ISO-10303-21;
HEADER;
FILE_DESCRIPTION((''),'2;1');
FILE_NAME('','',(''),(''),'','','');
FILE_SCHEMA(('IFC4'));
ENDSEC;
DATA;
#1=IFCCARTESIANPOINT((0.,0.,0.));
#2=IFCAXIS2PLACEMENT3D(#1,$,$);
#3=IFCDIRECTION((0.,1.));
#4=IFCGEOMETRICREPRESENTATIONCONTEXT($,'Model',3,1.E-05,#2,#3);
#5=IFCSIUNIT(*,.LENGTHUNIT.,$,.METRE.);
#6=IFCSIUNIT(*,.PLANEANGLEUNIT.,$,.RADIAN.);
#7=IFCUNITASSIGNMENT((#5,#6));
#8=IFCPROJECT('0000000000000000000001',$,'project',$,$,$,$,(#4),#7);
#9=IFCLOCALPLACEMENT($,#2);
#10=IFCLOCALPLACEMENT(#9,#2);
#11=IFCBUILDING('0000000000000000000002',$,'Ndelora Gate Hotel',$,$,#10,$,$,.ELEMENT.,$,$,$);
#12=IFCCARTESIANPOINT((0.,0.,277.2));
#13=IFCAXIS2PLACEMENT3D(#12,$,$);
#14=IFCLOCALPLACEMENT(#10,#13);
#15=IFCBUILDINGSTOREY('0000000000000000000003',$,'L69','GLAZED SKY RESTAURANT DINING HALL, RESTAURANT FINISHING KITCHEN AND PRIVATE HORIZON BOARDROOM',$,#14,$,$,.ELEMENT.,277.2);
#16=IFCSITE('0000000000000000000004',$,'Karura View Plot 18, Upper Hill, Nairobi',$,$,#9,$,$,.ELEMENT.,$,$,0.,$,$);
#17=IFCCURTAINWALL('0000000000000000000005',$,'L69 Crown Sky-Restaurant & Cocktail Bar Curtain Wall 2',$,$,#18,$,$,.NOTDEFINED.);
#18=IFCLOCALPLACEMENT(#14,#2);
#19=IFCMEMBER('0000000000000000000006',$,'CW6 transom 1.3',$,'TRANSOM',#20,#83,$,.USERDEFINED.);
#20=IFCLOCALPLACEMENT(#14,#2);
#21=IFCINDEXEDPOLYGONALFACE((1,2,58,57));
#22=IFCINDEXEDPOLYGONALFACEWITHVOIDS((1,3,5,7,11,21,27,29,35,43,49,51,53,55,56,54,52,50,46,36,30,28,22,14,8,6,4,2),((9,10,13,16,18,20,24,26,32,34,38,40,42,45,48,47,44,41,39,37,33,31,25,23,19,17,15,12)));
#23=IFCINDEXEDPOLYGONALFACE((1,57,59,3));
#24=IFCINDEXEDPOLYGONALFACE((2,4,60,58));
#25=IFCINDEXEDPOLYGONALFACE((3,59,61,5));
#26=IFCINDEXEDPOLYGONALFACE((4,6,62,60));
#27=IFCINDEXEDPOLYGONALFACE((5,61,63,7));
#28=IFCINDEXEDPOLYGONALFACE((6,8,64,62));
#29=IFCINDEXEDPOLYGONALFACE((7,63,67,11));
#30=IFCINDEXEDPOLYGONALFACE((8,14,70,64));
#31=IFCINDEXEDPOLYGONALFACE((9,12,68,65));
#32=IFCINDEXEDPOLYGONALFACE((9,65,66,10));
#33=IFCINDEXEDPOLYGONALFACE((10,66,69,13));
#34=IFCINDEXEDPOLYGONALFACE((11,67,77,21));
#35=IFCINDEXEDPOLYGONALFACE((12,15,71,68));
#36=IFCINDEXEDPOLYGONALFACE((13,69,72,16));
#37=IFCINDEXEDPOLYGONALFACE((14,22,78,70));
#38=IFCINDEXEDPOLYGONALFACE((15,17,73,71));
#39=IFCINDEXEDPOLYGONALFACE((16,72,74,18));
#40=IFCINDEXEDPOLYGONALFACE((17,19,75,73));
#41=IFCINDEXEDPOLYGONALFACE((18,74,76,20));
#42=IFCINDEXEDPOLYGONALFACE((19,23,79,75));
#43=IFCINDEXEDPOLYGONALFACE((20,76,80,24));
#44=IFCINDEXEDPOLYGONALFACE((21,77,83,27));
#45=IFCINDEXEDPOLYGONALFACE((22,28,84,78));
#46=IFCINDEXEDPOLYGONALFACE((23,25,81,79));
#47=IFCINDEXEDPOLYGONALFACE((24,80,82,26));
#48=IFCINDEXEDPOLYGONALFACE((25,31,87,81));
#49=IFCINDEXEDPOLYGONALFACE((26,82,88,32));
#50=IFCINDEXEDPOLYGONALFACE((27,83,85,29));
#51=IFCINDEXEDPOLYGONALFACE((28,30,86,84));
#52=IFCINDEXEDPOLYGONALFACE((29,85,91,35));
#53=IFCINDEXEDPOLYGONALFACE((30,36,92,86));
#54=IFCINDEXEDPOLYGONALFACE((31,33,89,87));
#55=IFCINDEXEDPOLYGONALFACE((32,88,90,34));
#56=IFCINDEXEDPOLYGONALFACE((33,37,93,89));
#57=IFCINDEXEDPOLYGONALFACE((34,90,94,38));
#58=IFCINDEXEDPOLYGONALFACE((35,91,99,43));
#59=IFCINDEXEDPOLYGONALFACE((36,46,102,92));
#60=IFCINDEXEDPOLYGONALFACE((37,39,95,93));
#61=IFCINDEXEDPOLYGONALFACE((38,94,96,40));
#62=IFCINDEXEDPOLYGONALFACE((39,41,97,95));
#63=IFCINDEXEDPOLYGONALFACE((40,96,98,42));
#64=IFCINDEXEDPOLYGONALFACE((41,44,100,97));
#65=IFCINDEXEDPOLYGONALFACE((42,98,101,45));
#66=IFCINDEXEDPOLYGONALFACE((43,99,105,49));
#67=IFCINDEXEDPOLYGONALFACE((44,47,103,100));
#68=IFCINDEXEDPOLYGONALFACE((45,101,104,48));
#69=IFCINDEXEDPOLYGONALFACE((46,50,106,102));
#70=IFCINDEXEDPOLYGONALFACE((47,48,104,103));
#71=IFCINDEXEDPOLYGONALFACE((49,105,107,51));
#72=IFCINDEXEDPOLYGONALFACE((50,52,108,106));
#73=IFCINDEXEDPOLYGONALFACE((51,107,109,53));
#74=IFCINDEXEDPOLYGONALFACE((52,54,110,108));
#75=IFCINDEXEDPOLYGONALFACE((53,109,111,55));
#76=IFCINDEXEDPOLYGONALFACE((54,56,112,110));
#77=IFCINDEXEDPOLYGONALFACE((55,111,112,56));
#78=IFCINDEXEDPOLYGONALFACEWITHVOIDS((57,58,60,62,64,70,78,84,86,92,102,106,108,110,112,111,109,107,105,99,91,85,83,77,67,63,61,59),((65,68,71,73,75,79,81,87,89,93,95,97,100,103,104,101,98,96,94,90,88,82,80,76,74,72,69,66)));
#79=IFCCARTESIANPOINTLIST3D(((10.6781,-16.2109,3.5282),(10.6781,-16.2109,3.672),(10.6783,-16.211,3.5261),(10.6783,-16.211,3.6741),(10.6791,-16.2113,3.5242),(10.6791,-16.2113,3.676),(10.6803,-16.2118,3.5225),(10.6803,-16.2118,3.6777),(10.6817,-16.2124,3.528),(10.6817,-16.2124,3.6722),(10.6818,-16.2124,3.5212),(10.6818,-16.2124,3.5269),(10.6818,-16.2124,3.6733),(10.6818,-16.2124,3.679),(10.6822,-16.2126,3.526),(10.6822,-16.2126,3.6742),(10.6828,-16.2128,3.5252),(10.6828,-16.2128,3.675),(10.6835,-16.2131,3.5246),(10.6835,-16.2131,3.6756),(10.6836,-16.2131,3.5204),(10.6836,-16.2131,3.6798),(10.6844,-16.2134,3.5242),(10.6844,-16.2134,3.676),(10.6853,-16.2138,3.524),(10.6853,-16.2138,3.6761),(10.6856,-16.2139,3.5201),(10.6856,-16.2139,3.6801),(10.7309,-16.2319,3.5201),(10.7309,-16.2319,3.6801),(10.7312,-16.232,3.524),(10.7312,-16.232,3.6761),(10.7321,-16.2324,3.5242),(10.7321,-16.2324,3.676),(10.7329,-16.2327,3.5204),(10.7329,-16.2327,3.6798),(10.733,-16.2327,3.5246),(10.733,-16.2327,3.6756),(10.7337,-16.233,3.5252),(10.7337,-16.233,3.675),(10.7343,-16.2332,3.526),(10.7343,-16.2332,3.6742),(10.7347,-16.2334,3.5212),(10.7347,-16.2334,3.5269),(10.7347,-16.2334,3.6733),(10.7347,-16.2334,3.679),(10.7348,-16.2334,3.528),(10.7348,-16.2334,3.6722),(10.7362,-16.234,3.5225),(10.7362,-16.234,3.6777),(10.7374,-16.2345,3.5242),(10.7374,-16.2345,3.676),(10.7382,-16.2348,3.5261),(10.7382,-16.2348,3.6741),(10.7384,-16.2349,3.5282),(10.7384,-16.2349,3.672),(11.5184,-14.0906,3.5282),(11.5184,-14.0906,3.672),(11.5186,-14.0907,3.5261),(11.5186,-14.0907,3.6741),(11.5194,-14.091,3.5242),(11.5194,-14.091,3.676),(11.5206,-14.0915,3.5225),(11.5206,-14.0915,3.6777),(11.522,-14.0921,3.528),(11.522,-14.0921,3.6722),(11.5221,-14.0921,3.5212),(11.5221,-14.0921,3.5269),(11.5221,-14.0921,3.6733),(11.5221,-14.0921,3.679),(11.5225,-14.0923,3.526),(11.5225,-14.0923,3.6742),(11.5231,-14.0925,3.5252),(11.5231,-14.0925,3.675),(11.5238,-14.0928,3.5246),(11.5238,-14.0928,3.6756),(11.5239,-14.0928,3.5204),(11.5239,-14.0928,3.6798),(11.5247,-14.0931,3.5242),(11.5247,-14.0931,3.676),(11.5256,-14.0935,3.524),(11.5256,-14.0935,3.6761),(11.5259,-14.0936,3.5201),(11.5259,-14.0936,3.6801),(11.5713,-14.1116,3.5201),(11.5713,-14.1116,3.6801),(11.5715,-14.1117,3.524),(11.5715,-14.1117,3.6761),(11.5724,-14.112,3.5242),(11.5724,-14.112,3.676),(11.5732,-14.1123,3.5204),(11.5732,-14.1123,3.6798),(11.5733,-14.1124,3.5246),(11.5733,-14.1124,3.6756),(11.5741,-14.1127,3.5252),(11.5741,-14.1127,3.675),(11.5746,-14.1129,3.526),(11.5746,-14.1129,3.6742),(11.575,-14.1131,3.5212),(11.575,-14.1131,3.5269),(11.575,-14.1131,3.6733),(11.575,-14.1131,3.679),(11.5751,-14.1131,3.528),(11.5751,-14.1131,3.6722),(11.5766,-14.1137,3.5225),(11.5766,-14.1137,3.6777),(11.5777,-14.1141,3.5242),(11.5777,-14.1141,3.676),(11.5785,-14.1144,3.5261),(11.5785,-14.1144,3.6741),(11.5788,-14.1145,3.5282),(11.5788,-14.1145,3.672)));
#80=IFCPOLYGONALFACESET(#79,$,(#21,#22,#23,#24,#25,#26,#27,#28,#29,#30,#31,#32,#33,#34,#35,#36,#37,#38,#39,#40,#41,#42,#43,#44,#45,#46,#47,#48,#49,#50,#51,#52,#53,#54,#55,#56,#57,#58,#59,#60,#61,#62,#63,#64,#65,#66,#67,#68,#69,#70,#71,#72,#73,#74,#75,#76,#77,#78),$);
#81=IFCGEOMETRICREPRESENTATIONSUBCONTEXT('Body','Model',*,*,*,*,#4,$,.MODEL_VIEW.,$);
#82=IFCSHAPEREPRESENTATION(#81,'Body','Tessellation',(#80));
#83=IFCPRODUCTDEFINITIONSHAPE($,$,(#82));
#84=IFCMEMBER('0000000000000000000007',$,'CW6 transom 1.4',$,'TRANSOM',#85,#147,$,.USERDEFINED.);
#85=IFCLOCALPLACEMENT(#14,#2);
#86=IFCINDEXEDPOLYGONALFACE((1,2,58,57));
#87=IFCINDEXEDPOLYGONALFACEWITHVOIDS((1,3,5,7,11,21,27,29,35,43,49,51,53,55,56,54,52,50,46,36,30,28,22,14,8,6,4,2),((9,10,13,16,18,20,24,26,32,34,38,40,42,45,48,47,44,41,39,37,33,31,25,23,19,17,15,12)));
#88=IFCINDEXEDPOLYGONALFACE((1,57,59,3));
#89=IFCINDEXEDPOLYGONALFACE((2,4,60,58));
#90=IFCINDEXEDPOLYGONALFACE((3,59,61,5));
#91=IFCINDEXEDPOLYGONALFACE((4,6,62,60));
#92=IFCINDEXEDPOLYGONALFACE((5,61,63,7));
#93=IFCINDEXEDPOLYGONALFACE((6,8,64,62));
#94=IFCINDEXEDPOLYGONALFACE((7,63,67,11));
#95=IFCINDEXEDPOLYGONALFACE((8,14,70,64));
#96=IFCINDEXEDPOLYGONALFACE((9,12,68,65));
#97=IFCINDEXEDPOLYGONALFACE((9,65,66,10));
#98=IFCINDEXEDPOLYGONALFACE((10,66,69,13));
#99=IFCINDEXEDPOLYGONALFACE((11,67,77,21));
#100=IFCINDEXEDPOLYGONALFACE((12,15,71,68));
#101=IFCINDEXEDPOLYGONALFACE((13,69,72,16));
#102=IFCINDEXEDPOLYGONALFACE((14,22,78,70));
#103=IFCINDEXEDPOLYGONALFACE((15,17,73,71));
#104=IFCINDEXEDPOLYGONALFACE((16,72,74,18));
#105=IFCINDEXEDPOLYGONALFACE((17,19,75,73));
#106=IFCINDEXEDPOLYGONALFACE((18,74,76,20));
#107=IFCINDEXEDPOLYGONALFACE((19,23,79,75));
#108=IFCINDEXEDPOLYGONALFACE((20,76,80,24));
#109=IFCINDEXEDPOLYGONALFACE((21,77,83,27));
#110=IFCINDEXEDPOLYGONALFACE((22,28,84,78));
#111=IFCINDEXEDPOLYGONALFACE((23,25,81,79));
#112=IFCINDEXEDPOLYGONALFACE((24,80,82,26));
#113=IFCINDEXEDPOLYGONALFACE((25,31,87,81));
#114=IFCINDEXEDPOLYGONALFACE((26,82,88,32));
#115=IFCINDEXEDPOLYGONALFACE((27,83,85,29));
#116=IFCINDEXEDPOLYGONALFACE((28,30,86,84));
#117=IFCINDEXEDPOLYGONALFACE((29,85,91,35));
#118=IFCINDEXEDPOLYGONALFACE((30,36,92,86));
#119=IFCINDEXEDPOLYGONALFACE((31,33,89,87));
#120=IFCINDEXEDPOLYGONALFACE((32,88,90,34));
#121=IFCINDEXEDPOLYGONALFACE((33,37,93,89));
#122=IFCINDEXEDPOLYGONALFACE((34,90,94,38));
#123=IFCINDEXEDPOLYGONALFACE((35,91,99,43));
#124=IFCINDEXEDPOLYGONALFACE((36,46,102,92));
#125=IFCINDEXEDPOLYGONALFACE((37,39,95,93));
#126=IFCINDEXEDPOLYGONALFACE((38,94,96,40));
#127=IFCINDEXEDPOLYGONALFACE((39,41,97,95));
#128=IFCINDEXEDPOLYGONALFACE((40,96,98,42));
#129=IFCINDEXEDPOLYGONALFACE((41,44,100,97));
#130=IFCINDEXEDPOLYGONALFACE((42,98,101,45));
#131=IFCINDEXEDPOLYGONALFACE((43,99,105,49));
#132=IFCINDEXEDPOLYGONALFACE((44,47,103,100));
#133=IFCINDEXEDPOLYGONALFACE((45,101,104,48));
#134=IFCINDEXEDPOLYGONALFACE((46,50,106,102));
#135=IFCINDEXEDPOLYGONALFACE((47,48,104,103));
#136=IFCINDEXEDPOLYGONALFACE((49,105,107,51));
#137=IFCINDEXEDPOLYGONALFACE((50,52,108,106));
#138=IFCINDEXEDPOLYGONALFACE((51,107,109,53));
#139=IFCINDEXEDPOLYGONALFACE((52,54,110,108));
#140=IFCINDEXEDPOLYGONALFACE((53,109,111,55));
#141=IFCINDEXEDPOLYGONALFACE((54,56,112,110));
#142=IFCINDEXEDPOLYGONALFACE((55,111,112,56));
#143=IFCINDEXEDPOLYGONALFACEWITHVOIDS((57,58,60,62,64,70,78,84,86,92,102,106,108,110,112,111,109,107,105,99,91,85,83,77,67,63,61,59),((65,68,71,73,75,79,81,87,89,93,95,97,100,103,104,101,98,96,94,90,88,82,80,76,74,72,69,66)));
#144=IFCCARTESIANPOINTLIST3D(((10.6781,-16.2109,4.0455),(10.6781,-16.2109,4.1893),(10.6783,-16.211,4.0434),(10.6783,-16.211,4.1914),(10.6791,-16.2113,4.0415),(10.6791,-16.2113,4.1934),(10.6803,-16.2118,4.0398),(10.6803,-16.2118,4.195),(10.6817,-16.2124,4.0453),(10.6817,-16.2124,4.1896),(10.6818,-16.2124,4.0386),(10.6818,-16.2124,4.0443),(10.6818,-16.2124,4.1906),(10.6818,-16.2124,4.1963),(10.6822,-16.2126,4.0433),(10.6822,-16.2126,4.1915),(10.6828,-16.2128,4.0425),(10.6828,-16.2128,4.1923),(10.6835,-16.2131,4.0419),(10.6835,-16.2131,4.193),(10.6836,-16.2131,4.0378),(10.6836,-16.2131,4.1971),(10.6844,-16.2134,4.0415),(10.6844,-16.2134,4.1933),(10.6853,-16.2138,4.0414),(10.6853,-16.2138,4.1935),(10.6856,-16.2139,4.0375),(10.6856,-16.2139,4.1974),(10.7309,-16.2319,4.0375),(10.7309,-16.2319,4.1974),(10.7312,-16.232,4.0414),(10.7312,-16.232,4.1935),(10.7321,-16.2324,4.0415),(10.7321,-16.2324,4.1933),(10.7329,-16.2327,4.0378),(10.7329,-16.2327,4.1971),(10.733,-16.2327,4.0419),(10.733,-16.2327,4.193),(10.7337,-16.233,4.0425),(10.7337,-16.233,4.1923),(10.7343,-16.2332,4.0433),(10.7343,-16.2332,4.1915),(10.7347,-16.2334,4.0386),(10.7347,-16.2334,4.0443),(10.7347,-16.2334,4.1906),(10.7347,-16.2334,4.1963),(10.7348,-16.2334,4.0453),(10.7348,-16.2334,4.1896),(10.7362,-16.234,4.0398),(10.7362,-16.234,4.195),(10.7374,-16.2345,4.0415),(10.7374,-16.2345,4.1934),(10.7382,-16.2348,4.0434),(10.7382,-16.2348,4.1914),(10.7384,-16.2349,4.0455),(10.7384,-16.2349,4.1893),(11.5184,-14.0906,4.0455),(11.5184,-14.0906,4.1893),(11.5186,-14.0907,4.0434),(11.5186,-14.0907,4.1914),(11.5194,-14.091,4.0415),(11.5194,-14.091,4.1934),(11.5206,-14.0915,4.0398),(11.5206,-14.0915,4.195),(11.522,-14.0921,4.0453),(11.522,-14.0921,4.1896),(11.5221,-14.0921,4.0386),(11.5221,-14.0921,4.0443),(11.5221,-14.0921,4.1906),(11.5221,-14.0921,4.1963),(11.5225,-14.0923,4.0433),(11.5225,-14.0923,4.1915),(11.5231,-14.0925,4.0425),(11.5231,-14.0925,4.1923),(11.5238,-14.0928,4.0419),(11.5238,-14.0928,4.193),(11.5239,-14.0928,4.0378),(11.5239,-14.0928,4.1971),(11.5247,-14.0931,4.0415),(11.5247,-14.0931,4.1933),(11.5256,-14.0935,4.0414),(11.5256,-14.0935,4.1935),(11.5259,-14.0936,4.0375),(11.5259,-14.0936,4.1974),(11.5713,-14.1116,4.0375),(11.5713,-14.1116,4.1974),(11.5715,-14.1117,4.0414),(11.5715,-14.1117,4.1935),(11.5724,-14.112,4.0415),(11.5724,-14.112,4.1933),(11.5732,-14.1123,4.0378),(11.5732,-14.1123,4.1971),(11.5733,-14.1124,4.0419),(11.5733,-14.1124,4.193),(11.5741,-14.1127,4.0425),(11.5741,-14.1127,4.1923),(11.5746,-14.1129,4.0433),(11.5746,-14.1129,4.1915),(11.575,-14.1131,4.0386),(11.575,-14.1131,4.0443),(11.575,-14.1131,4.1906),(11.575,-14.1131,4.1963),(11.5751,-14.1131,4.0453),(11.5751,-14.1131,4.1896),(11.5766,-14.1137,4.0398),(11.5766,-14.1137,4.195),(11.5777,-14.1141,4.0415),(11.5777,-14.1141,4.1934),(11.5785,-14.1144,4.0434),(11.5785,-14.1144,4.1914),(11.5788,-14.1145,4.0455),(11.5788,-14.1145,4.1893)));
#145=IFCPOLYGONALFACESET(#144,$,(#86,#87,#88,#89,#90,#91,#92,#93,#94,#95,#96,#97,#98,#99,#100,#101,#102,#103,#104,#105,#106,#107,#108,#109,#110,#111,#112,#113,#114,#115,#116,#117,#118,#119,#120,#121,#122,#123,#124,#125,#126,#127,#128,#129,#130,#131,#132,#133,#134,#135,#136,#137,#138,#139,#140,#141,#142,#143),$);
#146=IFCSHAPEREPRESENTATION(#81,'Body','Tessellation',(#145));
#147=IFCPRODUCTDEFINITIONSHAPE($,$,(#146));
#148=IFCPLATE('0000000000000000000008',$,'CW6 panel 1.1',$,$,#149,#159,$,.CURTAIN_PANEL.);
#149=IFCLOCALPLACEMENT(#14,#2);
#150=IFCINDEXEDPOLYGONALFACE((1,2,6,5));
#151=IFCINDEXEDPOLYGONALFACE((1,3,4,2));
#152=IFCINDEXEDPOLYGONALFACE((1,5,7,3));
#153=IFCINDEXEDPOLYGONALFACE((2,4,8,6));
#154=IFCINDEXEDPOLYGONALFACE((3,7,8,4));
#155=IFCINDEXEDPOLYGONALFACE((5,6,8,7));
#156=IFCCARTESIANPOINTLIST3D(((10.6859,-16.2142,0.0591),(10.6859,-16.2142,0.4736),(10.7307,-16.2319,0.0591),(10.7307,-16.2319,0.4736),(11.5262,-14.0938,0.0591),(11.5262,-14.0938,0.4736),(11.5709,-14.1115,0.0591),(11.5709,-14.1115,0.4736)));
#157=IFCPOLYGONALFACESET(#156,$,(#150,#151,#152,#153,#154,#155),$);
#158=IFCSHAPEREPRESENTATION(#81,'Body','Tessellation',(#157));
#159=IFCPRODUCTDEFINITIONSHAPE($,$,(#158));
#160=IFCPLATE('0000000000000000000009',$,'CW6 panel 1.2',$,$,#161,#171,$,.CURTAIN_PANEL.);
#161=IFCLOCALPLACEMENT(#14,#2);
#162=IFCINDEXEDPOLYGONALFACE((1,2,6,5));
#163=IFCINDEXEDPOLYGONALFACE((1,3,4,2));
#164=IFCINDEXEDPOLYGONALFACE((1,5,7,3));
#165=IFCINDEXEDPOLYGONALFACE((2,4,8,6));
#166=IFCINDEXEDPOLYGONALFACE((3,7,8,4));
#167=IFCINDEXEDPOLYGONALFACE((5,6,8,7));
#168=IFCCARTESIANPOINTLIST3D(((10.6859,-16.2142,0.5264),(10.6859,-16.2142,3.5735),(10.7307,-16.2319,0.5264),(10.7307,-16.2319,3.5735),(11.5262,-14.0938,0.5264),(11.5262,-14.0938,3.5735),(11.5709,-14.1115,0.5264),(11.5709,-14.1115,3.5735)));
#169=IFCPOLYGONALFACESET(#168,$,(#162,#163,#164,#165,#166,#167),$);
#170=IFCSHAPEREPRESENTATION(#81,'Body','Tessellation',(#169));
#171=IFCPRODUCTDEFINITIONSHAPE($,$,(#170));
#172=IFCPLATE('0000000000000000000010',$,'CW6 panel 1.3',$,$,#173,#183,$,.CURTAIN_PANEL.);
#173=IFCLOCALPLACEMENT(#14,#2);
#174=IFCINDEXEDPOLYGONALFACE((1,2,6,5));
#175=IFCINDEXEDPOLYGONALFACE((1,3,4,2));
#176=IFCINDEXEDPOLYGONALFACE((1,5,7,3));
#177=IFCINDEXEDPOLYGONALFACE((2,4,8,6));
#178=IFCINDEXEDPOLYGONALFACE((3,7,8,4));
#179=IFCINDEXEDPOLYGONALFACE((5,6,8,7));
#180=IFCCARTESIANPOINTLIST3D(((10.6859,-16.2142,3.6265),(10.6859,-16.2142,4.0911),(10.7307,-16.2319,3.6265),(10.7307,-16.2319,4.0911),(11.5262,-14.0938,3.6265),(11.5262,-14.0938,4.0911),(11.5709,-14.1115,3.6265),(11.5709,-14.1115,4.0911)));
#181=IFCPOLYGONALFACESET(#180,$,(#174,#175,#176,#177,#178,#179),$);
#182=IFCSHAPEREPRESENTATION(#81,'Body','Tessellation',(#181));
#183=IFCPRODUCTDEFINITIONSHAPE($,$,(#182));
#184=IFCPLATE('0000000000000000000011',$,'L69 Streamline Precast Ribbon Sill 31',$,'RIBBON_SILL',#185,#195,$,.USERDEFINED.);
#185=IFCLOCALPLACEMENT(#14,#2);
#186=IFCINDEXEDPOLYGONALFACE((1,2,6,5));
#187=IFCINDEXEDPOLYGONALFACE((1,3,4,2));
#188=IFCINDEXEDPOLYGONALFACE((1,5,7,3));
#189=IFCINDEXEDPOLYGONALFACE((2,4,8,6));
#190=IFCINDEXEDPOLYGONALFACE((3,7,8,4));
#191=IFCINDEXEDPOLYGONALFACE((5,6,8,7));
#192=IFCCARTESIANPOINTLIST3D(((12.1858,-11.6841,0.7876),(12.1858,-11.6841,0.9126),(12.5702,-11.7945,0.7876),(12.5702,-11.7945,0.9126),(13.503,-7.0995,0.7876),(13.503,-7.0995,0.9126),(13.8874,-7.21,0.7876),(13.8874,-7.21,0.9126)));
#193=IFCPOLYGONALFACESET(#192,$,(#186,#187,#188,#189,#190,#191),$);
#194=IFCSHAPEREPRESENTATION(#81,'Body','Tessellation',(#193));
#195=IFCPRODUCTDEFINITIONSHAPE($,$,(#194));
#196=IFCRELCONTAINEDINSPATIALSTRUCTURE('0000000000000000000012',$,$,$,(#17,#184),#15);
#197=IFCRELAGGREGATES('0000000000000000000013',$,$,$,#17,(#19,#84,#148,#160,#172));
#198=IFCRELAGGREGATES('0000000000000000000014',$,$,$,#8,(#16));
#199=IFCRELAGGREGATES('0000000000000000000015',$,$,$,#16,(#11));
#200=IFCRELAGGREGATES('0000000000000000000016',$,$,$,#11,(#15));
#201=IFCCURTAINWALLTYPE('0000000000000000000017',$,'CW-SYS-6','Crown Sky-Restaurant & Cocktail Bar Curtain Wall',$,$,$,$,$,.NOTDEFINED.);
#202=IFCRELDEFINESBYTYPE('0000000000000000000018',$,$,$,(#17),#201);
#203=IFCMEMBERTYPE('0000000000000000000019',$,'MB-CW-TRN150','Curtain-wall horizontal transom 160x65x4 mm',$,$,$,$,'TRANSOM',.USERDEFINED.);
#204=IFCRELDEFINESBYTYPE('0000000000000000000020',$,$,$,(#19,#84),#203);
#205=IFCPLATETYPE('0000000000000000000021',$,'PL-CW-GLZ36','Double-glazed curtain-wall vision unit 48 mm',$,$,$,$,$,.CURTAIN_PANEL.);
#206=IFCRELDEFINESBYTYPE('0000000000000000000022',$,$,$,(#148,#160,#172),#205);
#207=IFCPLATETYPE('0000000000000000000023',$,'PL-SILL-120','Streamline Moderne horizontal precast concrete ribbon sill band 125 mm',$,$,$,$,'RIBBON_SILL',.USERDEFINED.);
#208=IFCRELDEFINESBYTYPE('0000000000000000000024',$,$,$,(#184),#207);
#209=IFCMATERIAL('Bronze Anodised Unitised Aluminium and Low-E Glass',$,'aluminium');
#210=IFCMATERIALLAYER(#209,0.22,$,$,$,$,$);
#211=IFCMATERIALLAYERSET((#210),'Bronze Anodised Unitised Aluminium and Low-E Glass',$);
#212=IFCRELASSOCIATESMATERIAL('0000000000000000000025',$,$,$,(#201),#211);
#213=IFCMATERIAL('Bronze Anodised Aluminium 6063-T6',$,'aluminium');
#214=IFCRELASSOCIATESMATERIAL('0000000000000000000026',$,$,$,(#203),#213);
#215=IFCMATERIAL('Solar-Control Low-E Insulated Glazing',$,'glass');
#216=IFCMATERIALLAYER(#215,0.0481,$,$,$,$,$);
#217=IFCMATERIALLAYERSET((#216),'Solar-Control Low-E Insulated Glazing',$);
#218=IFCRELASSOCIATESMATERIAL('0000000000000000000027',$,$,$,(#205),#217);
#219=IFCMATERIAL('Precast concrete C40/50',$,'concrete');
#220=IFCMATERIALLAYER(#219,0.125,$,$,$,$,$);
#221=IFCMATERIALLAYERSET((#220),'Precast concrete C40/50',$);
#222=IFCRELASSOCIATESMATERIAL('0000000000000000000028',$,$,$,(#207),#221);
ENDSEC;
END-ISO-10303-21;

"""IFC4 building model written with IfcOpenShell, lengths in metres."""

from ifc_helpers import new_model, si_unit, direction, frame, origin, origin_2d, place, context, subcontext, project, spatial, rectangle, hollow_rectangle, extrude, material, layer, layer_set, material_profile, profile_set, type_object, element, aggregate, save


model = new_model("IFC4")

# Units and contexts
model_context = context("Model", 3, precision=1e-05, world=origin(), true_north=direction((0.0, 1.0)))
body_context = subcontext(model_context, "Body", "Model", "MODEL_VIEW")
ifc_project = project(units=[si_unit("LENGTHUNIT", "METRE"), si_unit("PLANEANGLEUNIT", "RADIAN")], contexts=[model_context])

# Site, building, storey
site_placement = place(None, origin())
site = spatial("IfcSite", under=ifc_project, at=site_placement, Name="Karura View Plot 18, Upper Hill, Nairobi", CompositionType="ELEMENT", RefElevation=0.0)
building_placement = place(site_placement, origin())
building = spatial("IfcBuilding", under=site, at=building_placement, Name="Ndelora Gate Hotel", CompositionType="ELEMENT")
storey_placement = place(building_placement, frame((0.0, 0.0, 277.2)))
storey = spatial("IfcBuildingStorey", under=building, at=storey_placement, Name="L69", Description="GLAZED SKY RESTAURANT DINING HALL, RESTAURANT FINISHING KITCHEN AND PRIVATE HORIZON BOARDROOM", CompositionType="ELEMENT", Elevation=277.2)

# Curtain wall, members, plates
ifc_material_1 = material(Name="Bronze Anodised Unitised Aluminium and Low-E Glass", Category="aluminium")
ifc_layer_1 = layer(ifc_material_1, 0.22)
ifc_layer_set_1 = layer_set([ifc_layer_1], Name="Bronze Anodised Unitised Aluminium and Low-E Glass")
curtain_wall_type = type_object("IfcCurtainWallType", Name="CW-SYS-6", Description="Crown Sky-Restaurant & Cocktail Bar Curtain Wall", PredefinedType="NOTDEFINED", material=ifc_layer_set_1)
curtain_wall_placement = place(storey_placement, origin())
curtain_wall = element("IfcCurtainWall", 1, at=curtain_wall_placement, inside=storey, type_object=curtain_wall_type, Name="L69 Crown Sky-Restaurant & Cocktail Bar Curtain Wall 2", PredefinedType="NOTDEFINED")
ifc_material_2 = material(Name="Bronze Anodised Aluminium 6063-T6", Category="aluminium")
ifc_material_profile_1 = material_profile(ifc_material_2, hollow_rectangle(XDim=0.0649, YDim=0.1599, WallThickness=0.0039, InnerFilletRadius=0.0039, OuterFilletRadius=0.0081, at=origin_2d()), Name="ALU 160x65x4")
ifc_profile_set_1 = profile_set([ifc_material_profile_1], Name="Bronze Anodised Aluminium 6063-T6")
member_type_1 = type_object("IfcMemberType", Name="MB-CW-TRN150", Description="Curtain-wall horizontal transom 160x65x4 mm", ElementType="TRANSOM", PredefinedType="USERDEFINED", material=ifc_profile_set_1)
member_1_placement = place(storey_placement, frame((10.7083, -16.2229, 3.6001), z_axis=(0.368436, 0.929653, 0.0), x_axis=(-0.929653, 0.368436, 0.0)))
member_1 = element("IfcMember", 2, at=member_1_placement, type_object=member_type_1, Name="CW6 transom 1.3", ObjectType="TRANSOM", PredefinedType="USERDEFINED", context=body_context, shape_type="SweptSolid", body=[
    extrude(hollow_rectangle(XDim=0.0649, YDim=0.1599, WallThickness=0.0039, InnerFilletRadius=0.0039, OuterFilletRadius=0.0081, at=origin_2d()), origin(), (0.0, 0.0, 1.0), 2.2808),
])
member_2_placement = place(storey_placement, frame((10.7083, -16.2229, 4.1174), z_axis=(0.368436, 0.929653, 0.0), x_axis=(-0.929653, 0.368436, 0.0)))
member_2 = element("IfcMember", 3, at=member_2_placement, type_object=member_type_1, Name="CW6 transom 1.4", ObjectType="TRANSOM", PredefinedType="USERDEFINED", context=body_context, shape_type="SweptSolid", body=[
    extrude(hollow_rectangle(XDim=0.0649, YDim=0.1599, WallThickness=0.0039, InnerFilletRadius=0.0039, OuterFilletRadius=0.0081, at=origin_2d()), origin(), (0.0, 0.0, 1.0), 2.2808),
])
ifc_material_3 = material(Name="Solar-Control Low-E Insulated Glazing", Category="glass")
ifc_layer_2 = layer(ifc_material_3, 0.0481)
ifc_layer_set_2 = layer_set([ifc_layer_2], Name="Solar-Control Low-E Insulated Glazing")
plate_type_1 = type_object("IfcPlateType", Name="PL-CW-GLZ36", Description="Double-glazed curtain-wall vision unit 48 mm", PredefinedType="CURTAIN_PANEL", material=ifc_layer_set_2)
plate_1_placement = place(storey_placement, frame((11.1284, -15.1628, 0.0591), z_axis=(0.0, 0.0, 1.0), x_axis=(0.368406, 0.929665, 0.0)))
plate_1 = element("IfcPlate", 4, at=plate_1_placement, type_object=plate_type_1, Name="CW6 panel 1.1", PredefinedType="CURTAIN_PANEL", context=body_context, shape_type="SweptSolid", body=[
    extrude(rectangle(XDim=2.2808, YDim=0.0481, at=origin_2d()), origin(), (0.0, 0.0, 1.0), 0.4146),
])
plate_2_placement = place(storey_placement, frame((11.1284, -15.1628, 0.5264), z_axis=(0.0, 0.0, 1.0), x_axis=(0.368406, 0.929665, 0.0)))
plate_2 = element("IfcPlate", 5, at=plate_2_placement, type_object=plate_type_1, Name="CW6 panel 1.2", PredefinedType="CURTAIN_PANEL", context=body_context, shape_type="SweptSolid", body=[
    extrude(rectangle(XDim=2.2808, YDim=0.0481, at=origin_2d()), origin(), (0.0, 0.0, 1.0), 3.0471),
])
plate_3_placement = place(storey_placement, frame((11.1284, -15.1628, 3.6265), z_axis=(0.0, 0.0, 1.0), x_axis=(0.368406, 0.929665, 0.0)))
plate_3 = element("IfcPlate", 6, at=plate_3_placement, type_object=plate_type_1, Name="CW6 panel 1.3", PredefinedType="CURTAIN_PANEL", context=body_context, shape_type="SweptSolid", body=[
    extrude(rectangle(XDim=2.2808, YDim=0.0481, at=origin_2d()), origin(), (0.0, 0.0, 1.0), 0.4646),
])
aggregate(curtain_wall, [member_1, member_2, plate_1, plate_2, plate_3])

# Plate
ifc_material_4 = material(Name="Precast concrete C40/50", Category="concrete")
ifc_layer_3 = layer(ifc_material_4, 0.125)
ifc_layer_set_3 = layer_set([ifc_layer_3], Name="Precast concrete C40/50")
plate_type_2 = type_object("IfcPlateType", Name="PL-SILL-120", Description="Streamline Moderne horizontal precast concrete ribbon sill band 125 mm", ElementType="RIBBON_SILL", PredefinedType="USERDEFINED", material=ifc_layer_set_3)
plate_4_placement = place(storey_placement, frame((13.0366, -9.447, 0.7876), z_axis=(0.0, 0.0, 1.0), x_axis=(0.276141, 0.961117, 0.0)))
element("IfcPlate", 7, at=plate_4_placement, inside=storey, type_object=plate_type_2, Name="L69 Streamline Precast Ribbon Sill 31", ObjectType="RIBBON_SILL", PredefinedType="USERDEFINED", context=body_context, shape_type="SweptSolid", body=[
    extrude(rectangle(XDim=4.77, YDim=0.3999, at=origin_2d()), origin(), (0.0, 0.0, 1.0), 0.125),
])

save(model, "model.ifc")
